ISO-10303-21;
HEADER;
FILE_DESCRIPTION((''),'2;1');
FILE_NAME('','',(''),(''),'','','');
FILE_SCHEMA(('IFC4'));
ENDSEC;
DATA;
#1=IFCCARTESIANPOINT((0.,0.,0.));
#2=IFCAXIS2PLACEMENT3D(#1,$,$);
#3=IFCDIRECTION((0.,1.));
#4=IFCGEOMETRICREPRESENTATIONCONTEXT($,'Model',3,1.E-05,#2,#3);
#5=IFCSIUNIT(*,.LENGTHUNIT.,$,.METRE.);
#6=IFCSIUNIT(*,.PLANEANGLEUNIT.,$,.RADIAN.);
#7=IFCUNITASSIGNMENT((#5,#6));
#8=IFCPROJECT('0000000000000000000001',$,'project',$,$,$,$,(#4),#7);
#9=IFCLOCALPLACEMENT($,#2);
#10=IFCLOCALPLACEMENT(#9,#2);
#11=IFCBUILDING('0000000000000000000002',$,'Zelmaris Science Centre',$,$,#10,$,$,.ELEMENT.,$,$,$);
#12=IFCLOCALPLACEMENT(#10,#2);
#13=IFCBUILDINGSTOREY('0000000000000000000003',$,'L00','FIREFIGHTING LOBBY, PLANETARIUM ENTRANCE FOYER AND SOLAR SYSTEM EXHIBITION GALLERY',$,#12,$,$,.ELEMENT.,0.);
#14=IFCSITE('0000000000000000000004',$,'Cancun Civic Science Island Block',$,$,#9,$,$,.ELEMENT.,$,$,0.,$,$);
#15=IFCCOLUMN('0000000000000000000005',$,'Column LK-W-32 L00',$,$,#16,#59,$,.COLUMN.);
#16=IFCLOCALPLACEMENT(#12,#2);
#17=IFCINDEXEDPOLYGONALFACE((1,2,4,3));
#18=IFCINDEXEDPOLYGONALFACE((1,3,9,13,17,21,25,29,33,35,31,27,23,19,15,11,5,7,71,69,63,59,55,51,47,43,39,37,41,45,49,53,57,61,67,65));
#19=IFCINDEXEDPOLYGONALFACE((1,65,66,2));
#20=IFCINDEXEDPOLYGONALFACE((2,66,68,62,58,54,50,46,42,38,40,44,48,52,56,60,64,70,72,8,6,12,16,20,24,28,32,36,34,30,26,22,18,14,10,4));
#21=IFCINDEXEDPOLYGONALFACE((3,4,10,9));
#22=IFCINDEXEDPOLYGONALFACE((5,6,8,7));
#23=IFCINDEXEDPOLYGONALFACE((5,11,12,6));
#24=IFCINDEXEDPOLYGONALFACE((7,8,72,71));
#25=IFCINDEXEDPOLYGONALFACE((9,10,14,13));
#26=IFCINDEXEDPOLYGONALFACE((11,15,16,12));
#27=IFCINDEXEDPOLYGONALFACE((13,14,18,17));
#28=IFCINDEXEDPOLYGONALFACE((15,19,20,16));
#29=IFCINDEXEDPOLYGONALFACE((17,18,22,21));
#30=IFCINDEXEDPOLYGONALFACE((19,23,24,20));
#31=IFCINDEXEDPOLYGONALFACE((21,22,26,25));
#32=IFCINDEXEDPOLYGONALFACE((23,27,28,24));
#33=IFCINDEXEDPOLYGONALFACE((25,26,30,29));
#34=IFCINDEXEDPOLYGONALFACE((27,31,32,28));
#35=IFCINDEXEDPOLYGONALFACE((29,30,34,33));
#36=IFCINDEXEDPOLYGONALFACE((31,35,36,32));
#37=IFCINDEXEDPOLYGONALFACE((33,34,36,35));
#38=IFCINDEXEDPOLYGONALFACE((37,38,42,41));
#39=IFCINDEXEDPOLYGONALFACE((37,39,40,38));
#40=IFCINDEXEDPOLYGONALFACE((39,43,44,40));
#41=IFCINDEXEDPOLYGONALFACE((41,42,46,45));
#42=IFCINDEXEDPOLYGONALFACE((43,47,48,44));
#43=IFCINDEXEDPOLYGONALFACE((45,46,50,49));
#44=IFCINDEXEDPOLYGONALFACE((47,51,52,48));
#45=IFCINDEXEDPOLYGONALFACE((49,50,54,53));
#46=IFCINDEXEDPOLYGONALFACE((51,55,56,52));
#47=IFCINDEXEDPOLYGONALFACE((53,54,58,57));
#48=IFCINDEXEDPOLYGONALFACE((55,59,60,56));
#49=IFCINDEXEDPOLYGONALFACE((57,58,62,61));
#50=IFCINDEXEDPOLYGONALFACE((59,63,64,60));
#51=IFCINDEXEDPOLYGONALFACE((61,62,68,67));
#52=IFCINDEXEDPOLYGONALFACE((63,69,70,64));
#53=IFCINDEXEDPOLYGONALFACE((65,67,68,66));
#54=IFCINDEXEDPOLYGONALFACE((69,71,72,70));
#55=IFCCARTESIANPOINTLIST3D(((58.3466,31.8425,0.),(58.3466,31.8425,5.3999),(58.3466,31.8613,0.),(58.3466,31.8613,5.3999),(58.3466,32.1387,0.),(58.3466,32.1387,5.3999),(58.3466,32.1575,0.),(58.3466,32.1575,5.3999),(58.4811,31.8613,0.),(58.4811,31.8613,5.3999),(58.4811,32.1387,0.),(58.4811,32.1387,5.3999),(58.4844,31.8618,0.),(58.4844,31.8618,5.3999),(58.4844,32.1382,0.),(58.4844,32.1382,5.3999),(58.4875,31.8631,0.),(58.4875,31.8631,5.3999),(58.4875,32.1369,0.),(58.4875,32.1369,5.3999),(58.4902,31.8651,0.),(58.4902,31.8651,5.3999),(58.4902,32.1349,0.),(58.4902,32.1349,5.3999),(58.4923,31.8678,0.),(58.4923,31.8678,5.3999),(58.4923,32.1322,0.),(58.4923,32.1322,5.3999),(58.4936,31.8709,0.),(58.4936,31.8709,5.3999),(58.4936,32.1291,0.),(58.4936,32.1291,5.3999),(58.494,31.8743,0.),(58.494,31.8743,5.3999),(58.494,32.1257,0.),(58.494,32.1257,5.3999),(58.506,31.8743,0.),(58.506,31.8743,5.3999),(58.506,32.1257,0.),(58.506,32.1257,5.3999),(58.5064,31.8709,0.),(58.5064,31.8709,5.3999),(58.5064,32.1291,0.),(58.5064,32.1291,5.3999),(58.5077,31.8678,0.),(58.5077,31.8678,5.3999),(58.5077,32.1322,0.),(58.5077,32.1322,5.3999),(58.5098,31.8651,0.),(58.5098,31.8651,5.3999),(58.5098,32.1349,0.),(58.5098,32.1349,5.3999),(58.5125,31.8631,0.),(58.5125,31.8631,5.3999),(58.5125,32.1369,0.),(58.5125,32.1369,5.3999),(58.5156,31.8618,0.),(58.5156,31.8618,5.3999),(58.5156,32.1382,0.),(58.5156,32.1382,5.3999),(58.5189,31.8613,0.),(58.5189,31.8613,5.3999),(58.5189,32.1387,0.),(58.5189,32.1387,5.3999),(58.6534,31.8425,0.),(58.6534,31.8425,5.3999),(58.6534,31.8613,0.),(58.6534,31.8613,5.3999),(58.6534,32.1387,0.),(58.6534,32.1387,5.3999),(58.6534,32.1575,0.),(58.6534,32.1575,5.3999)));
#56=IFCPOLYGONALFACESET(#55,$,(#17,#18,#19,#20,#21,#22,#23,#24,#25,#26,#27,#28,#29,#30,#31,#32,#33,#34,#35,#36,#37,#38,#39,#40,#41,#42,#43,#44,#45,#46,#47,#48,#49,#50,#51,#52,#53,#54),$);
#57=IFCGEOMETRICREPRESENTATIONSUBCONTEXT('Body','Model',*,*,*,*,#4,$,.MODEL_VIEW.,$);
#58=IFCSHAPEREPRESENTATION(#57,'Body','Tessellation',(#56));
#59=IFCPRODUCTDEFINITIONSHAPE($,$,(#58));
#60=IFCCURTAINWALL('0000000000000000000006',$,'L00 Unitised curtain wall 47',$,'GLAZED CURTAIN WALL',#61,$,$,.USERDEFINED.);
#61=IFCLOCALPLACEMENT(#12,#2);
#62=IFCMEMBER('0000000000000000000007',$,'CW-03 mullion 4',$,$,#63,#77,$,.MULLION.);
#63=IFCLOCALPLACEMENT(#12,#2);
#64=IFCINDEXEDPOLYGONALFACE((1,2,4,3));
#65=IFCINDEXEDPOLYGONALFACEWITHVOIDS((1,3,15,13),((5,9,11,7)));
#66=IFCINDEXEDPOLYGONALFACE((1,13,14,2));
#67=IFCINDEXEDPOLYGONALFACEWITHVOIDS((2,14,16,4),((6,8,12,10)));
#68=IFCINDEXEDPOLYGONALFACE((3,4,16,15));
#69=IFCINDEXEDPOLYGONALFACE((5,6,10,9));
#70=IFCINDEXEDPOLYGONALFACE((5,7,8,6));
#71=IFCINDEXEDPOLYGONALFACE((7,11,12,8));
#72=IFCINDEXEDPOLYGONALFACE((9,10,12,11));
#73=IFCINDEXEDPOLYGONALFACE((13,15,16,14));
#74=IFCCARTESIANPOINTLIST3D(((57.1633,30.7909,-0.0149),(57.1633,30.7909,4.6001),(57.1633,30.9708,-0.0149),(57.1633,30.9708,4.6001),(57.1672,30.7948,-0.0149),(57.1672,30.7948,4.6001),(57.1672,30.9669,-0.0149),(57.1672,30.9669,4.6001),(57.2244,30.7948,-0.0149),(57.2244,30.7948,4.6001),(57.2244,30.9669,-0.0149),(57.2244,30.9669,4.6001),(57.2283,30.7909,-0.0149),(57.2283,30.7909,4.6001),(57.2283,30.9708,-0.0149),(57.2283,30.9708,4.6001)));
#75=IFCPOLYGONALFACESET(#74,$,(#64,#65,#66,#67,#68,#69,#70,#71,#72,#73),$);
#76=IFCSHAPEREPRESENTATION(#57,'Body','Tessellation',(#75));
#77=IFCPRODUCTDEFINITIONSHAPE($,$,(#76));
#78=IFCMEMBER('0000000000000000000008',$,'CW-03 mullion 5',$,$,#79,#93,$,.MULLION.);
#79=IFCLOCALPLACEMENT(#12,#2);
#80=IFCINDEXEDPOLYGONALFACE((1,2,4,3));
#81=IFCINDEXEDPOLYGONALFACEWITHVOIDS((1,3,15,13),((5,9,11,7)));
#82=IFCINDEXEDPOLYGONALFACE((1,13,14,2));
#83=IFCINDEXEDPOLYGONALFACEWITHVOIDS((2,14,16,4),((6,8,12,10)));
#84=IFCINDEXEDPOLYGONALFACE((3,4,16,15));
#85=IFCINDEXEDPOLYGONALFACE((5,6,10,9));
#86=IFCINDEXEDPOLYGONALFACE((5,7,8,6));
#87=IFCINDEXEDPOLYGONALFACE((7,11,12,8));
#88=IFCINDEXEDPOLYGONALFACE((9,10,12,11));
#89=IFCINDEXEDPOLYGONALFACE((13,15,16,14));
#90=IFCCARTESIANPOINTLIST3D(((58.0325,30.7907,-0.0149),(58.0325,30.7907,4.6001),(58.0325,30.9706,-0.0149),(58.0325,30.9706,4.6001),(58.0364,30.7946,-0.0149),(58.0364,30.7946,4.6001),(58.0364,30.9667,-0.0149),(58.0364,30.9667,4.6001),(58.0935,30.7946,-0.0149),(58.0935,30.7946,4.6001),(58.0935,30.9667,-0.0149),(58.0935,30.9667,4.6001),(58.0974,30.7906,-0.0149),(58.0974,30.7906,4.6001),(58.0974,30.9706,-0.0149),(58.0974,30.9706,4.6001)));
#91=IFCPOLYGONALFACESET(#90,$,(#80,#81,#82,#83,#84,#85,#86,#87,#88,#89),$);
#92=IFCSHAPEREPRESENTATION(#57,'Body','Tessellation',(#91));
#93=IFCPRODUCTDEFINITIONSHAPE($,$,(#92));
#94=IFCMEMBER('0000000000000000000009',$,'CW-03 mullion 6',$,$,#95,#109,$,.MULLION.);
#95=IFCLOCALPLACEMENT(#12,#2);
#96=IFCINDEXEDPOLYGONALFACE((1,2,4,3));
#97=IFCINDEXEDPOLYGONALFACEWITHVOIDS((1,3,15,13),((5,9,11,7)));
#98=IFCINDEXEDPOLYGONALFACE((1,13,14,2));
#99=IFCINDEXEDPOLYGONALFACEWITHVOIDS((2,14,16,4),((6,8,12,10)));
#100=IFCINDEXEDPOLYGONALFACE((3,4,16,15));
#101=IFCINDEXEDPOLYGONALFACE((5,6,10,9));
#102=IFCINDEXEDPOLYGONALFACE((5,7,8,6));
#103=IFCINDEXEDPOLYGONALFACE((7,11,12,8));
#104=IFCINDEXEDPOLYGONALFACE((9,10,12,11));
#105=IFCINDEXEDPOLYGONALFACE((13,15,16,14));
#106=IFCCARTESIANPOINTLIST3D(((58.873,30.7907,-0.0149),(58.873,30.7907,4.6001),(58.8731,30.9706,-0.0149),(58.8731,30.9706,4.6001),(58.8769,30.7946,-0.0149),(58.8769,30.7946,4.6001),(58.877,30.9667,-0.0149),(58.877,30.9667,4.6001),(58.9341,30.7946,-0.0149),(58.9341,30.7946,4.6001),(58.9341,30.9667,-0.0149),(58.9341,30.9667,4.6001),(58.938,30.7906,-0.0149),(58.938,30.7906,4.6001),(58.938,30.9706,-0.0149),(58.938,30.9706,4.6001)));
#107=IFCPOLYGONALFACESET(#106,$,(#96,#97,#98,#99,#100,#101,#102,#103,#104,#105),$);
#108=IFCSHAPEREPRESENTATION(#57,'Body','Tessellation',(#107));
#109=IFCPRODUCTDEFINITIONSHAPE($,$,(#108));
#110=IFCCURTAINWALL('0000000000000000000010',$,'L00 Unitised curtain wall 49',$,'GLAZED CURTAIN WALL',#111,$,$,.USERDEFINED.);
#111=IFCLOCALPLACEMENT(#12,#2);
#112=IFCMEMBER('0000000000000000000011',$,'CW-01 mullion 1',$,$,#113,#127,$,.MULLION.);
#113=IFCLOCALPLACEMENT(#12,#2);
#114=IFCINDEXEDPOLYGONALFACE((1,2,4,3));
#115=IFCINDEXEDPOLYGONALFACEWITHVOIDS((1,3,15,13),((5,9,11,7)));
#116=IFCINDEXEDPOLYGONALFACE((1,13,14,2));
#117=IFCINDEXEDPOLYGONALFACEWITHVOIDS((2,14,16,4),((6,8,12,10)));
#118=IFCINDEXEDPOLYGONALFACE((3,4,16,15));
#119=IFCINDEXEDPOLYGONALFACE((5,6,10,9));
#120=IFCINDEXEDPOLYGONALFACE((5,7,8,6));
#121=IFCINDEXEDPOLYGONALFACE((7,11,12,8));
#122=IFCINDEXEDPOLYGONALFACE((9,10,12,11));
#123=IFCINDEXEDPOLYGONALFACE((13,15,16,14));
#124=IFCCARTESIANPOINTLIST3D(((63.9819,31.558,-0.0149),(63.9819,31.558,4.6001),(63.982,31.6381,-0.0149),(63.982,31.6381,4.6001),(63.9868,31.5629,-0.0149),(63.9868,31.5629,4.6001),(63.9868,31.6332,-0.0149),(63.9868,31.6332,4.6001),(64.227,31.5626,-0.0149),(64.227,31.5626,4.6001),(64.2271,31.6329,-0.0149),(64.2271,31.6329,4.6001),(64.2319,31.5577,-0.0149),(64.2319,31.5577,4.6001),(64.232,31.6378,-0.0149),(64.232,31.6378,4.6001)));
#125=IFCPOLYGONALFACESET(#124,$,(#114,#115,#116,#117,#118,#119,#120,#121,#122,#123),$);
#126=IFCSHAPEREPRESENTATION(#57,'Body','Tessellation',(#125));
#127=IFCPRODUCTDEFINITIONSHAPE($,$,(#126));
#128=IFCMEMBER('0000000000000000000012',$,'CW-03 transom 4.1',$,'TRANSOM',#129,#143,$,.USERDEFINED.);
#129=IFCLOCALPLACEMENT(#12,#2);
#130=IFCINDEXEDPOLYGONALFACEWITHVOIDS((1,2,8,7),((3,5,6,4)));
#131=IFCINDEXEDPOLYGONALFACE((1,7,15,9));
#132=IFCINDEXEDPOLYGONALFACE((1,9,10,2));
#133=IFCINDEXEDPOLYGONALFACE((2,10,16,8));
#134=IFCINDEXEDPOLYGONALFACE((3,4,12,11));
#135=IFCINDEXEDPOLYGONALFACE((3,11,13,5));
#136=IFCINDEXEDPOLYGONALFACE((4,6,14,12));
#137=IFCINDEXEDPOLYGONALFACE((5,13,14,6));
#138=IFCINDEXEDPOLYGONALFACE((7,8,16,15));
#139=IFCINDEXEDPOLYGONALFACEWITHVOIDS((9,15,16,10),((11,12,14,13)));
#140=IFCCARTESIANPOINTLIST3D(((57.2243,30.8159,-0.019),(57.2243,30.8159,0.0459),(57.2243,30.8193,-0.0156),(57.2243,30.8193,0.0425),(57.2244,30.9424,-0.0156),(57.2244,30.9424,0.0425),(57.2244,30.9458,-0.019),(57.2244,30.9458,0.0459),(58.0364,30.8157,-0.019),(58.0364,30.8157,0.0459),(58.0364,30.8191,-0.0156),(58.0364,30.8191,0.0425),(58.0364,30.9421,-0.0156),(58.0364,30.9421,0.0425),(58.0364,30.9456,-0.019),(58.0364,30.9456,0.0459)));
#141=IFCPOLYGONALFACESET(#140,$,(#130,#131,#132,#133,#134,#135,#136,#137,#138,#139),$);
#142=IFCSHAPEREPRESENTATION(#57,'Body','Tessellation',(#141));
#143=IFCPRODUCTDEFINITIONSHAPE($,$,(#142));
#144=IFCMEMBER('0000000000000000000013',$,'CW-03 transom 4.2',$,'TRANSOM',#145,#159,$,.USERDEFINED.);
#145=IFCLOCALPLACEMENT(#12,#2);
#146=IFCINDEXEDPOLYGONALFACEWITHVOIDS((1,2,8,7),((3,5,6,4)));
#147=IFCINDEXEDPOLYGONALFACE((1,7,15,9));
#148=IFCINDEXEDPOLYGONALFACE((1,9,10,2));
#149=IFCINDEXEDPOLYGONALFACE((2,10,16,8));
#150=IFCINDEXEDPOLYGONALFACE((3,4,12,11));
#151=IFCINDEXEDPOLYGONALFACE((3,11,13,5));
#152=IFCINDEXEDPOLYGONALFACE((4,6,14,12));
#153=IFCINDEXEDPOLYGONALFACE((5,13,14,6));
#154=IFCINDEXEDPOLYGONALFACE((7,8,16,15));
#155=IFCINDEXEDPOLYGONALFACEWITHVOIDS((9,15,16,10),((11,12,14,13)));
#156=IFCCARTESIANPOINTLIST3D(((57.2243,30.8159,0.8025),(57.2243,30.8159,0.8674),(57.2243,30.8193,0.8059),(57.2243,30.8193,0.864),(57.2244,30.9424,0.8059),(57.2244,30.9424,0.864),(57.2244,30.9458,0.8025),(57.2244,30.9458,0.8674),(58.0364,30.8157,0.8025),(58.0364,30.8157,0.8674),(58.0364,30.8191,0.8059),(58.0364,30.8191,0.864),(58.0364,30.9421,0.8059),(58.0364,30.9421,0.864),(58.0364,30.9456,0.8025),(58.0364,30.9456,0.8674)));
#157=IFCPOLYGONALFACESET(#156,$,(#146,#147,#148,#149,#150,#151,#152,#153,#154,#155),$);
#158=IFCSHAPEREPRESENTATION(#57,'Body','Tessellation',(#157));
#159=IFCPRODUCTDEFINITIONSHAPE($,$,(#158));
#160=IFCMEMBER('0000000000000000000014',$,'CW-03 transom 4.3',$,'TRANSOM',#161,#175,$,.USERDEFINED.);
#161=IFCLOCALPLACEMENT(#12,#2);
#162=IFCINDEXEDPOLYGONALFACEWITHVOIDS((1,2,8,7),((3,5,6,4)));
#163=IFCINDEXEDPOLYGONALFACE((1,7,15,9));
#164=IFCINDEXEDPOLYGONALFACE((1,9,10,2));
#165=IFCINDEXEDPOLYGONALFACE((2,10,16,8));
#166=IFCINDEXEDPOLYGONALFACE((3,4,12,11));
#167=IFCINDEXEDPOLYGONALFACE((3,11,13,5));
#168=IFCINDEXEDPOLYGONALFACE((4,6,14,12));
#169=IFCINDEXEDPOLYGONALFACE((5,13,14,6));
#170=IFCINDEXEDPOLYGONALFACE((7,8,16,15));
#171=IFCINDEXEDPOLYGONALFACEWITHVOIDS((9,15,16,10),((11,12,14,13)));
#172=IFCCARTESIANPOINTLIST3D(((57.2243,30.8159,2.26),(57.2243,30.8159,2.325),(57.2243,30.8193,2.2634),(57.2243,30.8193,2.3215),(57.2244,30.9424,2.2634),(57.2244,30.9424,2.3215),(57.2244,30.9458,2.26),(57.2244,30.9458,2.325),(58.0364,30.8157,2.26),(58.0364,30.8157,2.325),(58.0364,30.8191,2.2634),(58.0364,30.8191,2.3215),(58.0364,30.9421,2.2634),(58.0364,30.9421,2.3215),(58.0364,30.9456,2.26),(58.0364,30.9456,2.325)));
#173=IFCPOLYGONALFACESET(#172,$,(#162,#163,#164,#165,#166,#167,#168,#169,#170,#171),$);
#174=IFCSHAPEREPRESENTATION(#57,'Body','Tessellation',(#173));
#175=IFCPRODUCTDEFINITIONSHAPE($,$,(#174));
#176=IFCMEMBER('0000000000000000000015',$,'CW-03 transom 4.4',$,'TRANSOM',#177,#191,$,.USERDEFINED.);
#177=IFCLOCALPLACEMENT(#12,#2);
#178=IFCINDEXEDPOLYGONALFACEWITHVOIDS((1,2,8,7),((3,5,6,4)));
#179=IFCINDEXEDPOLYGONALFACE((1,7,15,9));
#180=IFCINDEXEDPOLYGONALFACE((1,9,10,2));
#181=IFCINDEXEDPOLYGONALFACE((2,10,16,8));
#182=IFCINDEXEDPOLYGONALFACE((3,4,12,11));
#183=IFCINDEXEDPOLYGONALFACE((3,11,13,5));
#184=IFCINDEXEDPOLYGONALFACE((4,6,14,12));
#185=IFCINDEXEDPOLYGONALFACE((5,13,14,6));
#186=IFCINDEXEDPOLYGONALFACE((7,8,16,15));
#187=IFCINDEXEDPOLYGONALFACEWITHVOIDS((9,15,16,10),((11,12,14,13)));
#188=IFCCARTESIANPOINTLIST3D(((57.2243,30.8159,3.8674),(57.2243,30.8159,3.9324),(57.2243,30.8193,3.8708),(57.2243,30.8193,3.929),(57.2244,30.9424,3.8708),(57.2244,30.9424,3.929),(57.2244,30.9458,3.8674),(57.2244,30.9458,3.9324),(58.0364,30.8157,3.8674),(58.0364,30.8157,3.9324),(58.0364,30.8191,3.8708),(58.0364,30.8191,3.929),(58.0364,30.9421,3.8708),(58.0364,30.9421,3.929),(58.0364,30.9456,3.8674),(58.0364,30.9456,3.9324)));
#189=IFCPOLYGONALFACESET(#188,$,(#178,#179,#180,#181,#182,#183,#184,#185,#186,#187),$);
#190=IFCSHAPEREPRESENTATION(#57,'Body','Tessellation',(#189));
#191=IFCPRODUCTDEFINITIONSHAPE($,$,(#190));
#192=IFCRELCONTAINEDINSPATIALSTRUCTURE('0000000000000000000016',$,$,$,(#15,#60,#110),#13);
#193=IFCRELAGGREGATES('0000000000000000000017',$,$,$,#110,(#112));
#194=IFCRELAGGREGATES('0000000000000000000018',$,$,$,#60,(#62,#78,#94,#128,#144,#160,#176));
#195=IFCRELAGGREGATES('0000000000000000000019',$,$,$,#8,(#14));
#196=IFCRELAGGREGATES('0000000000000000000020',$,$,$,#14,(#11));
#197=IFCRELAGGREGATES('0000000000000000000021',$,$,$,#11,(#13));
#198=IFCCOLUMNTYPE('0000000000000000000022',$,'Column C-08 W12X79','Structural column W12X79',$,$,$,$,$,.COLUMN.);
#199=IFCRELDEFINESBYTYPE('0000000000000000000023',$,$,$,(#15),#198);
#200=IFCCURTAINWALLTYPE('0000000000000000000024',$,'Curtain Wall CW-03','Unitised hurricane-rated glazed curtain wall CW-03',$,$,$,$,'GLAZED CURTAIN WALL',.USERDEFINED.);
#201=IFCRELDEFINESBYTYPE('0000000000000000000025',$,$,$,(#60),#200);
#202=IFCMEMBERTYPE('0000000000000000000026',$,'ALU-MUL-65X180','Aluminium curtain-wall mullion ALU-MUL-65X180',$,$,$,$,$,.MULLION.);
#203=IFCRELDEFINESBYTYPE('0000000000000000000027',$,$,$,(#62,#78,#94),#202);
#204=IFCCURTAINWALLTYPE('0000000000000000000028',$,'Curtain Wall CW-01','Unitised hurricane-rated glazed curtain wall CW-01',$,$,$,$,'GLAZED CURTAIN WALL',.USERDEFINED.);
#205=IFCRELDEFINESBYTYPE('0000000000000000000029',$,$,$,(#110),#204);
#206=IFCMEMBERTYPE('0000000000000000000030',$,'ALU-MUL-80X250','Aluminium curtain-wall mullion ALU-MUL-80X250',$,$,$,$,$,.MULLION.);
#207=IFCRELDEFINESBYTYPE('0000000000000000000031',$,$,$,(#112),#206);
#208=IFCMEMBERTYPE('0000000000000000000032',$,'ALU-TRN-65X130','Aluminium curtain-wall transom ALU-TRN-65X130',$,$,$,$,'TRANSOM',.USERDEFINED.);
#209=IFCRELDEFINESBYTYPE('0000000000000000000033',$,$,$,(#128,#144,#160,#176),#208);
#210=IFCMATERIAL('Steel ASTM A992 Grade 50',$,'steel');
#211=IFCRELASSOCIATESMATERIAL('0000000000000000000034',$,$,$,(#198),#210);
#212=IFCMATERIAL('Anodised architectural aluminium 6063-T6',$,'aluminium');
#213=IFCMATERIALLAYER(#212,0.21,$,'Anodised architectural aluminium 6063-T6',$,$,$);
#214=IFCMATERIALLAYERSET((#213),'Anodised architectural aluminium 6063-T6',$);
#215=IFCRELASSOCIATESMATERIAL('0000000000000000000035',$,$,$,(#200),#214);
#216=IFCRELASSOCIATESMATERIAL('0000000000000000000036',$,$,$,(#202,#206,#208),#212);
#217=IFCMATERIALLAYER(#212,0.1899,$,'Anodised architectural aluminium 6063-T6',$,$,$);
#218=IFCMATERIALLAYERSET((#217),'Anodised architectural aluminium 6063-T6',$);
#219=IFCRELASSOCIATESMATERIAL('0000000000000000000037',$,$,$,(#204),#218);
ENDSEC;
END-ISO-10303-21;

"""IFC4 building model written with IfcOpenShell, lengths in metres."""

from ifc_helpers import new_model, si_unit, direction, frame, origin, origin_2d, place, context, subcontext, project, spatial, hollow_rectangle, i_section, extrude, material, layer, layer_set, material_profile, profile_set, type_object, element, aggregate, save


model = new_model("IFC4")

# Units and contexts
model_context = context("Model", 3, precision=1e-05, world=origin(), true_north=direction((0.0, 1.0)))
body_context = subcontext(model_context, "Body", "Model", "MODEL_VIEW")
ifc_project = project(units=[si_unit("LENGTHUNIT", "METRE"), si_unit("PLANEANGLEUNIT", "RADIAN")], contexts=[model_context])

# Site, building, storey
site_placement = place(None, origin())
site = spatial("IfcSite", under=ifc_project, at=site_placement, Name="Cancun Civic Science Island Block", CompositionType="ELEMENT", RefElevation=0.0)
building_placement = place(site_placement, origin())
building = spatial("IfcBuilding", under=site, at=building_placement, Name="Zelmaris Science Centre", CompositionType="ELEMENT")
storey_placement = place(building_placement, origin())
storey = spatial("IfcBuildingStorey", under=building, at=storey_placement, Name="L00", Description="FIREFIGHTING LOBBY, PLANETARIUM ENTRANCE FOYER AND SOLAR SYSTEM EXHIBITION GALLERY", CompositionType="ELEMENT", Elevation=0.0)

# Column
ifc_material_1 = material(Name="Steel ASTM A992 Grade 50", Category="steel")
ifc_material_profile_1 = material_profile(ifc_material_1, i_section(OverallWidth=0.3069, OverallDepth=0.3149, WebThickness=0.012, FlangeThickness=0.0188, FilletRadius=0.0129, at=origin_2d()), Name="W12X79")
ifc_profile_set_1 = profile_set([ifc_material_profile_1], Name="Steel ASTM A992 Grade 50")
column_type = type_object("IfcColumnType", Name="Column C-08 W12X79", Description="Structural column W12X79", PredefinedType="COLUMN", material=ifc_profile_set_1)
column_placement = place(storey_placement, frame((58.5, 32.0, 0.0), z_axis=(0.0, 0.0, 1.0), x_axis=(1.0, 0.0, 0.0)))
element("IfcColumn", 1, at=column_placement, inside=storey, type_object=column_type, Name="Column LK-W-32 L00", PredefinedType="COLUMN", context=body_context, shape_type="SweptSolid", body=[
    extrude(i_section(OverallWidth=0.3069, OverallDepth=0.3149, WebThickness=0.012, FlangeThickness=0.0188, FilletRadius=0.0129, at=origin_2d()), origin(), (0.0, 0.0, 1.0), 5.3999),
])

# Curtain wall, members
ifc_material_2 = material(Name="Anodised architectural aluminium 6063-T6", Category="aluminium")
ifc_layer_1 = layer(ifc_material_2, 0.21, Name="Anodised architectural aluminium 6063-T6")
ifc_layer_set_1 = layer_set([ifc_layer_1], Name="Anodised architectural aluminium 6063-T6")
curtain_wall_type_1 = type_object("IfcCurtainWallType", Name="Curtain Wall CW-03", Description="Unitised hurricane-rated glazed curtain wall CW-03", ElementType="GLAZED CURTAIN WALL", PredefinedType="USERDEFINED", material=ifc_layer_set_1)
curtain_wall_1_placement = place(storey_placement, origin())
curtain_wall_1 = element("IfcCurtainWall", 2, at=curtain_wall_1_placement, inside=storey, type_object=curtain_wall_type_1, Name="L00 Unitised curtain wall 47", ObjectType="GLAZED CURTAIN WALL", PredefinedType="USERDEFINED")
ifc_material_profile_2 = material_profile(ifc_material_2, hollow_rectangle(XDim=0.0649, YDim=0.1799, WallThickness=0.0039, at=origin_2d()), Name="ALU-MUL-65X180")
ifc_profile_set_2 = profile_set([ifc_material_profile_2], Name="Anodised architectural aluminium 6063-T6")
member_type_1 = type_object("IfcMemberType", Name="ALU-MUL-65X180", Description="Aluminium curtain-wall mullion ALU-MUL-65X180", PredefinedType="MULLION", material=ifc_profile_set_2)
member_1_placement = place(storey_placement, frame((57.1958, 30.8809, -0.0149), z_axis=(0.0, 0.0, 1.0), x_axis=(1.0, -0.000117, 0.0)))
member_1 = element("IfcMember", 3, at=member_1_placement, type_object=member_type_1, Name="CW-03 mullion 4", PredefinedType="MULLION", context=body_context, shape_type="SweptSolid", body=[
    extrude(hollow_rectangle(XDim=0.0649, YDim=0.1799, WallThickness=0.0039, at=origin_2d()), origin(), (0.0, 0.0, 1.0), 4.615),
])
member_2_placement = place(storey_placement, frame((58.0649, 30.8806, -0.0149), z_axis=(0.0, 0.0, 1.0), x_axis=(1.0, -0.000117, 0.0)))
member_2 = element("IfcMember", 4, at=member_2_placement, type_object=member_type_1, Name="CW-03 mullion 5", PredefinedType="MULLION", context=body_context, shape_type="SweptSolid", body=[
    extrude(hollow_rectangle(XDim=0.0649, YDim=0.1799, WallThickness=0.0039, at=origin_2d()), origin(), (0.0, 0.0, 1.0), 4.615),
])
member_3_placement = place(storey_placement, frame((58.9055, 30.8806, -0.0149), z_axis=(0.0, 0.0, 1.0), x_axis=(1.0, -0.000117, 0.0)))
member_3 = element("IfcMember", 5, at=member_3_placement, type_object=member_type_1, Name="CW-03 mullion 6", PredefinedType="MULLION", context=body_context, shape_type="SweptSolid", body=[
    extrude(hollow_rectangle(XDim=0.0649, YDim=0.1799, WallThickness=0.0039, at=origin_2d()), origin(), (0.0, 0.0, 1.0), 4.615),
])

# Curtain wall, member
ifc_layer_2 = layer(ifc_material_2, 0.1899, Name="Anodised architectural aluminium 6063-T6")
ifc_layer_set_2 = layer_set([ifc_layer_2], Name="Anodised architectural aluminium 6063-T6")
curtain_wall_type_2 = type_object("IfcCurtainWallType", Name="Curtain Wall CW-01", Description="Unitised hurricane-rated glazed curtain wall CW-01", ElementType="GLAZED CURTAIN WALL", PredefinedType="USERDEFINED", material=ifc_layer_set_2)
curtain_wall_2_placement = place(storey_placement, origin())
curtain_wall_2 = element("IfcCurtainWall", 6, at=curtain_wall_2_placement, inside=storey, type_object=curtain_wall_type_2, Name="L00 Unitised curtain wall 49", ObjectType="GLAZED CURTAIN WALL", PredefinedType="USERDEFINED")
ifc_material_profile_3 = material_profile(ifc_material_2, hollow_rectangle(XDim=0.0801, YDim=0.25, WallThickness=0.0049, at=origin_2d()), Name="ALU-MUL-80X250")
ifc_profile_set_3 = profile_set([ifc_material_profile_3], Name="Anodised architectural aluminium 6063-T6")
member_type_2 = type_object("IfcMemberType", Name="ALU-MUL-80X250", Description="Aluminium curtain-wall mullion ALU-MUL-80X250", PredefinedType="MULLION", material=ifc_profile_set_3)
member_4_placement = place(storey_placement, frame((64.1069, 31.5979, -0.0149), z_axis=(0.0, 0.0, 1.0), x_axis=(0.000946, 1.0, 0.0)))
member_4 = element("IfcMember", 7, at=member_4_placement, type_object=member_type_2, Name="CW-01 mullion 1", PredefinedType="MULLION", context=body_context, shape_type="SweptSolid", body=[
    extrude(hollow_rectangle(XDim=0.0801, YDim=0.25, WallThickness=0.0049, at=origin_2d()), origin(), (0.0, 0.0, 1.0), 4.615),
])

# Members
ifc_material_profile_4 = material_profile(ifc_material_2, hollow_rectangle(XDim=0.0649, YDim=0.1299, WallThickness=0.0034, at=origin_2d()), Name="ALU-TRN-65X130")
ifc_profile_set_4 = profile_set([ifc_material_profile_4], Name="Anodised architectural aluminium 6063-T6")
member_type_3 = type_object("IfcMemberType", Name="ALU-TRN-65X130", Description="Aluminium curtain-wall transom ALU-TRN-65X130", ElementType="TRANSOM", PredefinedType="USERDEFINED", material=ifc_profile_set_4)
member_5_placement = place(storey_placement, frame((57.2244, 30.8809, 0.0134), z_axis=(1.0, -0.000301, 0.0), x_axis=(0.0, 0.0, 1.0)))
member_5 = element("IfcMember", 8, at=member_5_placement, type_object=member_type_3, Name="CW-03 transom 4.1", ObjectType="TRANSOM", PredefinedType="USERDEFINED", context=body_context, shape_type="SweptSolid", body=[
    extrude(hollow_rectangle(XDim=0.0649, YDim=0.1299, WallThickness=0.0034, at=origin_2d()), origin(), (0.0, 0.0, 1.0), 0.812),
])
member_6_placement = place(storey_placement, frame((57.2244, 30.8809, 0.835), z_axis=(1.0, -0.000301, 0.0), x_axis=(0.0, 0.0, 1.0)))
member_6 = element("IfcMember", 9, at=member_6_placement, type_object=member_type_3, Name="CW-03 transom 4.2", ObjectType="TRANSOM", PredefinedType="USERDEFINED", context=body_context, shape_type="SweptSolid", body=[
    extrude(hollow_rectangle(XDim=0.0649, YDim=0.1299, WallThickness=0.0034, at=origin_2d()), origin(), (0.0, 0.0, 1.0), 0.812),
])
member_7_placement = place(storey_placement, frame((57.2244, 30.8809, 2.2925), z_axis=(1.0, -0.000301, 0.0), x_axis=(0.0, 0.0, 1.0)))
member_7 = element("IfcMember", 10, at=member_7_placement, type_object=member_type_3, Name="CW-03 transom 4.3", ObjectType="TRANSOM", PredefinedType="USERDEFINED", context=body_context, shape_type="SweptSolid", body=[
    extrude(hollow_rectangle(XDim=0.0649, YDim=0.1299, WallThickness=0.0034, at=origin_2d()), origin(), (0.0, 0.0, 1.0), 0.812),
])
member_8_placement = place(storey_placement, frame((57.2244, 30.8809, 3.8999), z_axis=(1.0, -0.000301, 0.0), x_axis=(0.0, 0.0, 1.0)))
member_8 = element("IfcMember", 11, at=member_8_placement, type_object=member_type_3, Name="CW-03 transom 4.4", ObjectType="TRANSOM", PredefinedType="USERDEFINED", context=body_context, shape_type="SweptSolid", body=[
    extrude(hollow_rectangle(XDim=0.0649, YDim=0.1299, WallThickness=0.0034, at=origin_2d()), origin(), (0.0, 0.0, 1.0), 0.812),
])

aggregate(curtain_wall_2, [member_4])
aggregate(curtain_wall_1, [member_1, member_2, member_3, member_5, member_6, member_7, member_8])

save(model, "model.ifc")
